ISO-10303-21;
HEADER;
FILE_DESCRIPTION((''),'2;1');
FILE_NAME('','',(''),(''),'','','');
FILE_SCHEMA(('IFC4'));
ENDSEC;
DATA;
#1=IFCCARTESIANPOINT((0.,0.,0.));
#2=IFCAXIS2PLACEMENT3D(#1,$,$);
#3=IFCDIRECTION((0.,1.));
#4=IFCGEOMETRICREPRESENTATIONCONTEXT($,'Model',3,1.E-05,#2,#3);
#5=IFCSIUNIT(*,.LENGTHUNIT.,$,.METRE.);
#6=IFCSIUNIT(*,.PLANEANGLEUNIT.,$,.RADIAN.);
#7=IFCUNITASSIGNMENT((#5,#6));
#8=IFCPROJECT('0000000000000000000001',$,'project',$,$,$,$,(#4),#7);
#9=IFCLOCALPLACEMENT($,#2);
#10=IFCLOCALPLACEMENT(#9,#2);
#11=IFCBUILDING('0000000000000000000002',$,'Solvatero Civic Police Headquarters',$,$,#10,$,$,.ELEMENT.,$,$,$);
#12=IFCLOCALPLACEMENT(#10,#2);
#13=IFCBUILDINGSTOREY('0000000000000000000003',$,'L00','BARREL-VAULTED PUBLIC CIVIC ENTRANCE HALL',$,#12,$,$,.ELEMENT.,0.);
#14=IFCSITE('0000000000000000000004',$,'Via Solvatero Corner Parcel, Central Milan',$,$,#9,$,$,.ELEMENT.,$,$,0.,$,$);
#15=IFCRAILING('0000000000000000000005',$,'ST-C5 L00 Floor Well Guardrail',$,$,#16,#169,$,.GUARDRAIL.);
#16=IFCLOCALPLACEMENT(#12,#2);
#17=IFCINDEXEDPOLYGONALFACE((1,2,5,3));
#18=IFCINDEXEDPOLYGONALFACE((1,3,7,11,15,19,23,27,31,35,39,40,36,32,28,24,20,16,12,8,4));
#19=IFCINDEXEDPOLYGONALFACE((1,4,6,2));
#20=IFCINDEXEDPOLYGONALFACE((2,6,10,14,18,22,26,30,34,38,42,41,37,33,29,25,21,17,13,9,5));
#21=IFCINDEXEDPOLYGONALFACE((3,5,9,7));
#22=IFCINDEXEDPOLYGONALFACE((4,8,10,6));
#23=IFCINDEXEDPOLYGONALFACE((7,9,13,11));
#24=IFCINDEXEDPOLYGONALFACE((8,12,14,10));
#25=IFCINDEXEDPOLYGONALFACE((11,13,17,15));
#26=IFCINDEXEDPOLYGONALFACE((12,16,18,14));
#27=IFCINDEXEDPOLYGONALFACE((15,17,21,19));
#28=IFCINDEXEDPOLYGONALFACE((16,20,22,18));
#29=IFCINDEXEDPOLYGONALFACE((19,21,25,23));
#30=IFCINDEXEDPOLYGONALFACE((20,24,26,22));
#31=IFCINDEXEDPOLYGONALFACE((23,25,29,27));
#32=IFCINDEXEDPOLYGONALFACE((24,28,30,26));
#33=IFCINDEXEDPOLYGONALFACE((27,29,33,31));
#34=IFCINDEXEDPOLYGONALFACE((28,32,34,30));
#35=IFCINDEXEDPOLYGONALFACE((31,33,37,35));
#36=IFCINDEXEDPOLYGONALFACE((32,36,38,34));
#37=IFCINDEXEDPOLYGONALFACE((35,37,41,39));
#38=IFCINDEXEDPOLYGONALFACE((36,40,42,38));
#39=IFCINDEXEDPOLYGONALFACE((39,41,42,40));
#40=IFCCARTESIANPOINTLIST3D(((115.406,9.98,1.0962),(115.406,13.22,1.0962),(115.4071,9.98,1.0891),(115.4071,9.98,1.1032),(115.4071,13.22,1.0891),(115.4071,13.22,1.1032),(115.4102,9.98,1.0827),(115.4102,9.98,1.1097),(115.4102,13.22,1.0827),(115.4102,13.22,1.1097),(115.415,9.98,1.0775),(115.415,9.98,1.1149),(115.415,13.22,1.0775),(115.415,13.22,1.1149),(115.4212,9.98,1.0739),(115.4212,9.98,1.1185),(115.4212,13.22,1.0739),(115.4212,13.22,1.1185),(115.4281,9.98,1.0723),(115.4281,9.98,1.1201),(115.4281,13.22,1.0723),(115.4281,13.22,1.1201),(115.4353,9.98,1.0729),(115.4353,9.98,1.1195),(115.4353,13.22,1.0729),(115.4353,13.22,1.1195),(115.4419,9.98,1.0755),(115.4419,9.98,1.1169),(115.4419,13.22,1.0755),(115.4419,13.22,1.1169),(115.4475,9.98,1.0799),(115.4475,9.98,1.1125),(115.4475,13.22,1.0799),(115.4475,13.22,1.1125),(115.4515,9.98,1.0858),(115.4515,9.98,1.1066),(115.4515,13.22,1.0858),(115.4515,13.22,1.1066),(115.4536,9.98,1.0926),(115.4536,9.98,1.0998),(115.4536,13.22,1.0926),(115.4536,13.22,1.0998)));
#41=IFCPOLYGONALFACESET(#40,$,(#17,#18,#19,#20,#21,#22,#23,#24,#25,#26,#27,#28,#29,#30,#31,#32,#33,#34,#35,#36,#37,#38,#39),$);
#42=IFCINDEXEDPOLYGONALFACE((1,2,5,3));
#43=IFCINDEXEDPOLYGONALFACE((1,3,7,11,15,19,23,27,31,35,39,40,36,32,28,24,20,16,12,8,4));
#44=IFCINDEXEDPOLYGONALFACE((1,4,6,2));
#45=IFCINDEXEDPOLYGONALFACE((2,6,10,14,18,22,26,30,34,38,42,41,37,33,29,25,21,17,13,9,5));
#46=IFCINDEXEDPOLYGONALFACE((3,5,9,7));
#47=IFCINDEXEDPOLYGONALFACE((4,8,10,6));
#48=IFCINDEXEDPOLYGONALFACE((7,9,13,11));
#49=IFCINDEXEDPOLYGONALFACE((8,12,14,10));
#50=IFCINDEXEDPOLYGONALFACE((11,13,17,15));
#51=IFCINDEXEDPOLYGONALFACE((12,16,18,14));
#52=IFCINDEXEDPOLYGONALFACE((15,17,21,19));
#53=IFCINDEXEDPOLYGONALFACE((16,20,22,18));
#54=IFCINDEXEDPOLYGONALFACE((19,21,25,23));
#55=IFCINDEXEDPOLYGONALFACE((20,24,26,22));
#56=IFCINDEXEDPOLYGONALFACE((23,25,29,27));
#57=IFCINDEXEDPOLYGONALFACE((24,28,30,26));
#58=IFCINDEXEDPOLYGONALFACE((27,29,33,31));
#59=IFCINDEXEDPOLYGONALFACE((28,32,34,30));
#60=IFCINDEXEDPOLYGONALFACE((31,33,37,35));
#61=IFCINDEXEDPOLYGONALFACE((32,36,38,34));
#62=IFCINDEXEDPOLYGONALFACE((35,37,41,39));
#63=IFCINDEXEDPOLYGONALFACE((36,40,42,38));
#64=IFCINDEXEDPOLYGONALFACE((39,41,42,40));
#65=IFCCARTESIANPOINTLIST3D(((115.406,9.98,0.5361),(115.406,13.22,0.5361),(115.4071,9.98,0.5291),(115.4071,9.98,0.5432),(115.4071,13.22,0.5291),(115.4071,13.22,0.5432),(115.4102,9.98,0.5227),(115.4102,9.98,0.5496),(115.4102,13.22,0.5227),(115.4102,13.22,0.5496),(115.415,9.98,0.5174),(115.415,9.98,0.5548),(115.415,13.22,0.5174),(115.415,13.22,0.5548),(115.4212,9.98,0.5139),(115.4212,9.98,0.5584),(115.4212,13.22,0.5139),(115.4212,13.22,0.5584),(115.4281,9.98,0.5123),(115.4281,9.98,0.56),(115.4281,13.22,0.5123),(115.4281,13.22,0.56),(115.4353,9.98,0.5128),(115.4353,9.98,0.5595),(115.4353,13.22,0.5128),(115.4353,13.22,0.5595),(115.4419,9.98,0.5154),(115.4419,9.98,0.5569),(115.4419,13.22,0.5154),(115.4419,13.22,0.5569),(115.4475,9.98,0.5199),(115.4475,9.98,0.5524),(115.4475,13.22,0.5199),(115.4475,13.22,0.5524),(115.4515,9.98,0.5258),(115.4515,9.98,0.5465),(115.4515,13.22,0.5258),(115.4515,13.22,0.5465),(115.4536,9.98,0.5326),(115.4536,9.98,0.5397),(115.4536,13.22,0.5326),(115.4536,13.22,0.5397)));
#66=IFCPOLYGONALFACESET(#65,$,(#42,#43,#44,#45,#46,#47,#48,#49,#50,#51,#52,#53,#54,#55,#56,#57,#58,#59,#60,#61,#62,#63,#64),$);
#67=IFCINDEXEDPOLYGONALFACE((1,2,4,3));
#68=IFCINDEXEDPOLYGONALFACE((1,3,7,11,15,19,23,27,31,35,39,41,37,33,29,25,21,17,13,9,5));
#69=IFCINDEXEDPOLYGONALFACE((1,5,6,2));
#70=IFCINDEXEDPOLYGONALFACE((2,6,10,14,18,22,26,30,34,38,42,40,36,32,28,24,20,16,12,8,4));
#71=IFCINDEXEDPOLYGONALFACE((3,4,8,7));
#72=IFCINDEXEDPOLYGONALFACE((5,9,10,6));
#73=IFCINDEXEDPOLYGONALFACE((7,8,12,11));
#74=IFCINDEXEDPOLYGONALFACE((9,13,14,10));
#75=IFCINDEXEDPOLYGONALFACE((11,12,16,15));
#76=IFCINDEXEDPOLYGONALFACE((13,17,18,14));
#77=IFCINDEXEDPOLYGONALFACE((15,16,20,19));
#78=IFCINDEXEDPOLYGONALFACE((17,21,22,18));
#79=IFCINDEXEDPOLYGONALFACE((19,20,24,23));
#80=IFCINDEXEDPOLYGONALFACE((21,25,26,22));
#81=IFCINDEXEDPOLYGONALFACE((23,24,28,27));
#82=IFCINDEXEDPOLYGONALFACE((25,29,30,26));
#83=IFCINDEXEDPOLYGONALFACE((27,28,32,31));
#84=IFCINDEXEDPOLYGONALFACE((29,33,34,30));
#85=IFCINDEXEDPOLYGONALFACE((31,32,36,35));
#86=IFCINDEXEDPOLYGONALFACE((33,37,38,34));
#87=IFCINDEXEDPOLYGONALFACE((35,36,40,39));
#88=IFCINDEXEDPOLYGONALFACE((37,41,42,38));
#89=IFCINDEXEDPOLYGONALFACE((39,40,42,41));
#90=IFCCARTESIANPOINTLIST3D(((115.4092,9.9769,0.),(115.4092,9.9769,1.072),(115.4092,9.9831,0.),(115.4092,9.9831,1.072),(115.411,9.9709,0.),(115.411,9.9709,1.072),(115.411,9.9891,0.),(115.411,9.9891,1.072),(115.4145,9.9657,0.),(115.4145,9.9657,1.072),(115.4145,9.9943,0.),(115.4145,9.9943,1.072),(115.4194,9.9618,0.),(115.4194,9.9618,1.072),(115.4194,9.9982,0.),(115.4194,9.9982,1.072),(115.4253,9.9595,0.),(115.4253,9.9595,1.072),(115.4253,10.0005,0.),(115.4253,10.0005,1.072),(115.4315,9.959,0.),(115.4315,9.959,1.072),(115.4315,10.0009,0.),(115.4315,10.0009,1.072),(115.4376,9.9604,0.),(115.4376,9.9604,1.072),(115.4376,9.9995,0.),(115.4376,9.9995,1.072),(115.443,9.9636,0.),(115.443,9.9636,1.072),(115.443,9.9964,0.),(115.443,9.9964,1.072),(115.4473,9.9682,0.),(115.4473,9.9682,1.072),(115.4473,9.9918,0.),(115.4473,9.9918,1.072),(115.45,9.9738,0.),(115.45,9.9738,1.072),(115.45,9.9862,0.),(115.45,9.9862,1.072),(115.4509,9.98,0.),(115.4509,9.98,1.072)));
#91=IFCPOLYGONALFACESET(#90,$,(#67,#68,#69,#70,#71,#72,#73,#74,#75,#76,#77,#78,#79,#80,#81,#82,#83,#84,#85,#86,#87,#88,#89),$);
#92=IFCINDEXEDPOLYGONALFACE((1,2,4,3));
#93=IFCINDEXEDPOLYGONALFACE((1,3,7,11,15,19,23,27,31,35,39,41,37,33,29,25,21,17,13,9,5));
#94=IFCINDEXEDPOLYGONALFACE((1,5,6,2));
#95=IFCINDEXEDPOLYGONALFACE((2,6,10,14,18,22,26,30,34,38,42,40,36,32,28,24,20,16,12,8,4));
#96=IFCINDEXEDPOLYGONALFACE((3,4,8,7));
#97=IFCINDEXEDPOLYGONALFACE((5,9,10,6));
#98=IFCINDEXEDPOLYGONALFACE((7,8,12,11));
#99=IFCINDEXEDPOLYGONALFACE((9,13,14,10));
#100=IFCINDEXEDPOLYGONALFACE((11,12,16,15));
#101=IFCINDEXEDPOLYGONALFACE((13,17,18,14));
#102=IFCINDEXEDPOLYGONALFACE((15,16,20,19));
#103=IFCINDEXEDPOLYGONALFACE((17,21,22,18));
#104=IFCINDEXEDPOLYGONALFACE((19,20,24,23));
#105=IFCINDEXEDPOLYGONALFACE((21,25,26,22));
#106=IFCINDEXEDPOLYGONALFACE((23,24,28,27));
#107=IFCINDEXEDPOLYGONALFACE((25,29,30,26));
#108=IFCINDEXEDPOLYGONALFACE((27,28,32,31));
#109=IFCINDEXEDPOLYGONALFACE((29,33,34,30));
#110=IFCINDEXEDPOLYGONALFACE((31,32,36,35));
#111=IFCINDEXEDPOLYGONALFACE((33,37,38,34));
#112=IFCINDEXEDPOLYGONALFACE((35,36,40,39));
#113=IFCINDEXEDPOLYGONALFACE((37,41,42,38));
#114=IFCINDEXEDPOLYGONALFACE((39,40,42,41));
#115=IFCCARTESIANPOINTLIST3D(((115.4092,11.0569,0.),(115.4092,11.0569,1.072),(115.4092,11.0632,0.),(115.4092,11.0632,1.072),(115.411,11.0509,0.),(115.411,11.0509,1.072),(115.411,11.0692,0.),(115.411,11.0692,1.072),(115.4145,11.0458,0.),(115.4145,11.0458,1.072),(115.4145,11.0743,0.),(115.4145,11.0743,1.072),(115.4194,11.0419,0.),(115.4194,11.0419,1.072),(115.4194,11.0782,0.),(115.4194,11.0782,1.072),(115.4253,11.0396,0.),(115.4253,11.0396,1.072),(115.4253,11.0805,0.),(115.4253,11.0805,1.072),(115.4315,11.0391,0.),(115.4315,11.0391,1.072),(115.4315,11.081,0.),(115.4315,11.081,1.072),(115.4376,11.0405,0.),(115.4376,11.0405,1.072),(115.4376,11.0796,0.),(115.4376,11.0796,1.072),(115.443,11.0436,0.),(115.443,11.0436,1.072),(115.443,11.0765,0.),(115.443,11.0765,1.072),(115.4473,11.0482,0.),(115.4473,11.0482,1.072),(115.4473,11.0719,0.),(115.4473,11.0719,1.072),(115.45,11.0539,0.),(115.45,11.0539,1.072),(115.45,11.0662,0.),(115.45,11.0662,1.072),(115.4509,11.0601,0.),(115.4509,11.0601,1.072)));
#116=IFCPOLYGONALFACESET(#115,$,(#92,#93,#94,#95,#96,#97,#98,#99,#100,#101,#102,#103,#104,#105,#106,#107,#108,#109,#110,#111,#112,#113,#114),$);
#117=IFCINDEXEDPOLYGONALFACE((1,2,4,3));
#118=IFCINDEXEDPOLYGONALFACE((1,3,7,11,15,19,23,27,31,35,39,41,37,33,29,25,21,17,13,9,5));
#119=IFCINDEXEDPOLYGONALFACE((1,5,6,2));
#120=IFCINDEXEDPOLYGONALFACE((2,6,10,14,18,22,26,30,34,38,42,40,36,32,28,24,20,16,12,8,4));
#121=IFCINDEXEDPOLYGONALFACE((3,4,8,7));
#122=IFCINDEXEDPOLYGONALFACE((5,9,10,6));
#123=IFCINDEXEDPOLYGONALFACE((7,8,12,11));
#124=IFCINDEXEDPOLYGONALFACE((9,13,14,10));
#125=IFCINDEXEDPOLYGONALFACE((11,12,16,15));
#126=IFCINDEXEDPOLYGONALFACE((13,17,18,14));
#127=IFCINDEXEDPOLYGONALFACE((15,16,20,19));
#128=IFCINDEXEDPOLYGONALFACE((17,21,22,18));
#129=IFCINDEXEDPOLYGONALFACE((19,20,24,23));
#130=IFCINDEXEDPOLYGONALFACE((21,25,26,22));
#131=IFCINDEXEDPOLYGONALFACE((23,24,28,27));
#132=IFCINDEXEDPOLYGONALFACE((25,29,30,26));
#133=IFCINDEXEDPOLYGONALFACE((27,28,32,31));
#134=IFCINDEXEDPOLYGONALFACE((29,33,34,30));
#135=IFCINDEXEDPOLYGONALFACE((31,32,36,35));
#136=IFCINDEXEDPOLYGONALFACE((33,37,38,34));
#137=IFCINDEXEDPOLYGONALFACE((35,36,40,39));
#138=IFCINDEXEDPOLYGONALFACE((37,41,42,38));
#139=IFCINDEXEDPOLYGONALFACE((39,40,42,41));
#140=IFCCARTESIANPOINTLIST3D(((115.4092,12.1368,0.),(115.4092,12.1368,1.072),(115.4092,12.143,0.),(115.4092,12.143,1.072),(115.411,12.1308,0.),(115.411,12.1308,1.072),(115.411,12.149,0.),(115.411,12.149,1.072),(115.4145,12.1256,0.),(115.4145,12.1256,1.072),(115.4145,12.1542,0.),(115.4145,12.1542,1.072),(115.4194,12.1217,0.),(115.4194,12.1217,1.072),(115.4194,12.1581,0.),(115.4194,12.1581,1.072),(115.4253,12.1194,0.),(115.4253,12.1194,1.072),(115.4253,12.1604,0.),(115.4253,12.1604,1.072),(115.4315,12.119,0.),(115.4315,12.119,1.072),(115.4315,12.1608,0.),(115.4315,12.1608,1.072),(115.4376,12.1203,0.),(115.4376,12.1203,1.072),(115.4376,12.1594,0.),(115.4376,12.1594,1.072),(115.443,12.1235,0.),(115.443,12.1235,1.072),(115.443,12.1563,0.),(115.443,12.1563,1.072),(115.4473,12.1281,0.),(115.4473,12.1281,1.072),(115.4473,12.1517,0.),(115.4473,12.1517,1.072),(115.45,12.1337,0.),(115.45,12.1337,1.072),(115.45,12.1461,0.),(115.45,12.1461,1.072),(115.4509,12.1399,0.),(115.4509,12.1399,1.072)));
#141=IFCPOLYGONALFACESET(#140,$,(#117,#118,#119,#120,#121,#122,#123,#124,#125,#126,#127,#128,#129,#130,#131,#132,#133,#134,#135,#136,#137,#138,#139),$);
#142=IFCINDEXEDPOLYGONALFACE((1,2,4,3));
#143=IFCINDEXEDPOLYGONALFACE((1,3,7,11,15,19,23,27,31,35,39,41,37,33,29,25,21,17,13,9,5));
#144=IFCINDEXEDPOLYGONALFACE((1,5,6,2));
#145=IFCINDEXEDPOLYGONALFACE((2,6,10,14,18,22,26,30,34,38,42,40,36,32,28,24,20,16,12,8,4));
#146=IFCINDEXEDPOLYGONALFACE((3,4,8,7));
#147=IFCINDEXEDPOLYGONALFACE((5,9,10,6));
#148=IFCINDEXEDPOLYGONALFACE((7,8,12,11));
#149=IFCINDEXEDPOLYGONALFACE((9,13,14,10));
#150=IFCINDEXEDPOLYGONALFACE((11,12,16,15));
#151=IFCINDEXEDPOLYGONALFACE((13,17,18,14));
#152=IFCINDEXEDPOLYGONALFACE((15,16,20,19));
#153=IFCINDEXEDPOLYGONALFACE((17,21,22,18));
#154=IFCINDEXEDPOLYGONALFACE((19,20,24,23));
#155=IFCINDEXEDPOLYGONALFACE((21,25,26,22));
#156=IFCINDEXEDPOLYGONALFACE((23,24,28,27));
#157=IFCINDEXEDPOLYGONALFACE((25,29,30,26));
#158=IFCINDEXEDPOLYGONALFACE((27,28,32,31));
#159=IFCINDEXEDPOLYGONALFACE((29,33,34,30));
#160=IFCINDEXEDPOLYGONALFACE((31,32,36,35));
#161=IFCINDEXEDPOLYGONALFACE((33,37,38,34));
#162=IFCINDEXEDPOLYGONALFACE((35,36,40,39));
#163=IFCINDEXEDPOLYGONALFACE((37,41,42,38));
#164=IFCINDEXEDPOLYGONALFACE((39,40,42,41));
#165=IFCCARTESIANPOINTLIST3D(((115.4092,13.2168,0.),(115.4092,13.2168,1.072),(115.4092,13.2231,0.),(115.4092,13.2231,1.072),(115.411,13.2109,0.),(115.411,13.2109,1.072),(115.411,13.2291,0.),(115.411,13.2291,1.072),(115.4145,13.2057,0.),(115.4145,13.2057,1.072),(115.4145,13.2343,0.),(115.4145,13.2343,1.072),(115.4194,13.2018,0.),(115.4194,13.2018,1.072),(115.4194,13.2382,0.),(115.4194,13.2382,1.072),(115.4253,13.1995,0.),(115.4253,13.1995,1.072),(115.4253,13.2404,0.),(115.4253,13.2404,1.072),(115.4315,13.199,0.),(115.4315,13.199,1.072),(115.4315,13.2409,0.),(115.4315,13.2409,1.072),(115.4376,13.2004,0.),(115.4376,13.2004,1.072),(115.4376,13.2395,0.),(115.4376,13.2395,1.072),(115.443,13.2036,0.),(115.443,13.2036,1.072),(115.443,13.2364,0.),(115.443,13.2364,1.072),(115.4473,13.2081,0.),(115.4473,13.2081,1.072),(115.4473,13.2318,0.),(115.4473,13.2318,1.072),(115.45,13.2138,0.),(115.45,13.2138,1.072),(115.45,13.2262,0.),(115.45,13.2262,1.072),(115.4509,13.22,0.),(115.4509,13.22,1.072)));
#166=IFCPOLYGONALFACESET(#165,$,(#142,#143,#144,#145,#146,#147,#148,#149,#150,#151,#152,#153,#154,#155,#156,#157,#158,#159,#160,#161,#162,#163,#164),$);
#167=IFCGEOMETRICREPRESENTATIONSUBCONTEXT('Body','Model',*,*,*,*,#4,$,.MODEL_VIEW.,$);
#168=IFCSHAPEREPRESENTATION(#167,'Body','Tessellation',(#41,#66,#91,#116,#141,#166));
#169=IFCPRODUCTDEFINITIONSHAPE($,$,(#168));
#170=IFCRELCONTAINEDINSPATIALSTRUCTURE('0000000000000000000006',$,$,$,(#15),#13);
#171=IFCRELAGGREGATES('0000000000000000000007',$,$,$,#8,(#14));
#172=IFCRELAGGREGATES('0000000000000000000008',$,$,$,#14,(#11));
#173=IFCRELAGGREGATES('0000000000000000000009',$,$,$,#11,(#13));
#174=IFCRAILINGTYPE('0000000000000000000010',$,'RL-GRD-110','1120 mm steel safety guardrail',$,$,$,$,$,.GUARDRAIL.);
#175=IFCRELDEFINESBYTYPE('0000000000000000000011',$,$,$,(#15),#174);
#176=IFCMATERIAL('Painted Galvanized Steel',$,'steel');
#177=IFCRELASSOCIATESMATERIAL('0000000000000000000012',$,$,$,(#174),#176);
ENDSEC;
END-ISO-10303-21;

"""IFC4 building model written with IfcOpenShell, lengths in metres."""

from ifc_helpers import new_model, si_unit, direction, frame, origin, origin_2d, place, context, subcontext, project, spatial, circle, extrude, material, type_object, element, save


model = new_model("IFC4")

# Units and contexts
model_context = context("Model", 3, precision=1e-05, world=origin(), true_north=direction((0.0, 1.0)))
body_context = subcontext(model_context, "Body", "Model", "MODEL_VIEW")
ifc_project = project(units=[si_unit("LENGTHUNIT", "METRE"), si_unit("PLANEANGLEUNIT", "RADIAN")], contexts=[model_context])

# Site, building, storey
site_placement = place(None, origin())
site = spatial("IfcSite", under=ifc_project, at=site_placement, Name="Via Solvatero Corner Parcel, Central Milan", CompositionType="ELEMENT", RefElevation=0.0)
building_placement = place(site_placement, origin())
building = spatial("IfcBuilding", under=site, at=building_placement, Name="Solvatero Civic Police Headquarters", CompositionType="ELEMENT")
storey_placement = place(building_placement, origin())
storey = spatial("IfcBuildingStorey", under=building, at=storey_placement, Name="L00", Description="BARREL-VAULTED PUBLIC CIVIC ENTRANCE HALL", CompositionType="ELEMENT", Elevation=0.0)

# Railing
ifc_material_1 = material(Name="Painted Galvanized Steel", Category="steel")
railing_type_1 = type_object("IfcRailingType", Name="RL-GRD-110", Description="1120 mm steel safety guardrail", PredefinedType="GUARDRAIL", material=ifc_material_1)
railing_1_placement = place(storey_placement, frame((115.4299, 9.98, 0.0)))
element("IfcRailing", 1, at=railing_1_placement, inside=storey, type_object=railing_type_1, Name="ST-C5 L00 Floor Well Guardrail", PredefinedType="GUARDRAIL", context=body_context, shape_type="SweptSolid", body=[
    extrude(circle(Radius=0.0239, at=origin_2d()), frame((0.0, 0.0, 1.0962), z_axis=(0.0, 1.0, 0.0), x_axis=(-1.0, 0.0, 0.0)), (0.0, 0.0, 1.0), 3.24),
    extrude(circle(Radius=0.0239, at=origin_2d()), frame((0.0, 0.0, 0.5361), z_axis=(0.0, 1.0, 0.0), x_axis=(-1.0, 0.0, 0.0)), (0.0, 0.0, 1.0), 3.24),
    extrude(circle(Radius=0.021, at=origin_2d()), origin(), (0.0, 0.0, 1.0), 1.072),
    extrude(circle(Radius=0.021, at=origin_2d()), frame((0.0, 1.0801, 0.0)), (0.0, 0.0, 1.0), 1.072),
    extrude(circle(Radius=0.021, at=origin_2d()), frame((0.0, 2.1599, 0.0)), (0.0, 0.0, 1.0), 1.072),
    extrude(circle(Radius=0.021, at=origin_2d()), frame((0.0, 3.24, 0.0)), (0.0, 0.0, 1.0), 1.072),
])

save(model, "model.ifc")
